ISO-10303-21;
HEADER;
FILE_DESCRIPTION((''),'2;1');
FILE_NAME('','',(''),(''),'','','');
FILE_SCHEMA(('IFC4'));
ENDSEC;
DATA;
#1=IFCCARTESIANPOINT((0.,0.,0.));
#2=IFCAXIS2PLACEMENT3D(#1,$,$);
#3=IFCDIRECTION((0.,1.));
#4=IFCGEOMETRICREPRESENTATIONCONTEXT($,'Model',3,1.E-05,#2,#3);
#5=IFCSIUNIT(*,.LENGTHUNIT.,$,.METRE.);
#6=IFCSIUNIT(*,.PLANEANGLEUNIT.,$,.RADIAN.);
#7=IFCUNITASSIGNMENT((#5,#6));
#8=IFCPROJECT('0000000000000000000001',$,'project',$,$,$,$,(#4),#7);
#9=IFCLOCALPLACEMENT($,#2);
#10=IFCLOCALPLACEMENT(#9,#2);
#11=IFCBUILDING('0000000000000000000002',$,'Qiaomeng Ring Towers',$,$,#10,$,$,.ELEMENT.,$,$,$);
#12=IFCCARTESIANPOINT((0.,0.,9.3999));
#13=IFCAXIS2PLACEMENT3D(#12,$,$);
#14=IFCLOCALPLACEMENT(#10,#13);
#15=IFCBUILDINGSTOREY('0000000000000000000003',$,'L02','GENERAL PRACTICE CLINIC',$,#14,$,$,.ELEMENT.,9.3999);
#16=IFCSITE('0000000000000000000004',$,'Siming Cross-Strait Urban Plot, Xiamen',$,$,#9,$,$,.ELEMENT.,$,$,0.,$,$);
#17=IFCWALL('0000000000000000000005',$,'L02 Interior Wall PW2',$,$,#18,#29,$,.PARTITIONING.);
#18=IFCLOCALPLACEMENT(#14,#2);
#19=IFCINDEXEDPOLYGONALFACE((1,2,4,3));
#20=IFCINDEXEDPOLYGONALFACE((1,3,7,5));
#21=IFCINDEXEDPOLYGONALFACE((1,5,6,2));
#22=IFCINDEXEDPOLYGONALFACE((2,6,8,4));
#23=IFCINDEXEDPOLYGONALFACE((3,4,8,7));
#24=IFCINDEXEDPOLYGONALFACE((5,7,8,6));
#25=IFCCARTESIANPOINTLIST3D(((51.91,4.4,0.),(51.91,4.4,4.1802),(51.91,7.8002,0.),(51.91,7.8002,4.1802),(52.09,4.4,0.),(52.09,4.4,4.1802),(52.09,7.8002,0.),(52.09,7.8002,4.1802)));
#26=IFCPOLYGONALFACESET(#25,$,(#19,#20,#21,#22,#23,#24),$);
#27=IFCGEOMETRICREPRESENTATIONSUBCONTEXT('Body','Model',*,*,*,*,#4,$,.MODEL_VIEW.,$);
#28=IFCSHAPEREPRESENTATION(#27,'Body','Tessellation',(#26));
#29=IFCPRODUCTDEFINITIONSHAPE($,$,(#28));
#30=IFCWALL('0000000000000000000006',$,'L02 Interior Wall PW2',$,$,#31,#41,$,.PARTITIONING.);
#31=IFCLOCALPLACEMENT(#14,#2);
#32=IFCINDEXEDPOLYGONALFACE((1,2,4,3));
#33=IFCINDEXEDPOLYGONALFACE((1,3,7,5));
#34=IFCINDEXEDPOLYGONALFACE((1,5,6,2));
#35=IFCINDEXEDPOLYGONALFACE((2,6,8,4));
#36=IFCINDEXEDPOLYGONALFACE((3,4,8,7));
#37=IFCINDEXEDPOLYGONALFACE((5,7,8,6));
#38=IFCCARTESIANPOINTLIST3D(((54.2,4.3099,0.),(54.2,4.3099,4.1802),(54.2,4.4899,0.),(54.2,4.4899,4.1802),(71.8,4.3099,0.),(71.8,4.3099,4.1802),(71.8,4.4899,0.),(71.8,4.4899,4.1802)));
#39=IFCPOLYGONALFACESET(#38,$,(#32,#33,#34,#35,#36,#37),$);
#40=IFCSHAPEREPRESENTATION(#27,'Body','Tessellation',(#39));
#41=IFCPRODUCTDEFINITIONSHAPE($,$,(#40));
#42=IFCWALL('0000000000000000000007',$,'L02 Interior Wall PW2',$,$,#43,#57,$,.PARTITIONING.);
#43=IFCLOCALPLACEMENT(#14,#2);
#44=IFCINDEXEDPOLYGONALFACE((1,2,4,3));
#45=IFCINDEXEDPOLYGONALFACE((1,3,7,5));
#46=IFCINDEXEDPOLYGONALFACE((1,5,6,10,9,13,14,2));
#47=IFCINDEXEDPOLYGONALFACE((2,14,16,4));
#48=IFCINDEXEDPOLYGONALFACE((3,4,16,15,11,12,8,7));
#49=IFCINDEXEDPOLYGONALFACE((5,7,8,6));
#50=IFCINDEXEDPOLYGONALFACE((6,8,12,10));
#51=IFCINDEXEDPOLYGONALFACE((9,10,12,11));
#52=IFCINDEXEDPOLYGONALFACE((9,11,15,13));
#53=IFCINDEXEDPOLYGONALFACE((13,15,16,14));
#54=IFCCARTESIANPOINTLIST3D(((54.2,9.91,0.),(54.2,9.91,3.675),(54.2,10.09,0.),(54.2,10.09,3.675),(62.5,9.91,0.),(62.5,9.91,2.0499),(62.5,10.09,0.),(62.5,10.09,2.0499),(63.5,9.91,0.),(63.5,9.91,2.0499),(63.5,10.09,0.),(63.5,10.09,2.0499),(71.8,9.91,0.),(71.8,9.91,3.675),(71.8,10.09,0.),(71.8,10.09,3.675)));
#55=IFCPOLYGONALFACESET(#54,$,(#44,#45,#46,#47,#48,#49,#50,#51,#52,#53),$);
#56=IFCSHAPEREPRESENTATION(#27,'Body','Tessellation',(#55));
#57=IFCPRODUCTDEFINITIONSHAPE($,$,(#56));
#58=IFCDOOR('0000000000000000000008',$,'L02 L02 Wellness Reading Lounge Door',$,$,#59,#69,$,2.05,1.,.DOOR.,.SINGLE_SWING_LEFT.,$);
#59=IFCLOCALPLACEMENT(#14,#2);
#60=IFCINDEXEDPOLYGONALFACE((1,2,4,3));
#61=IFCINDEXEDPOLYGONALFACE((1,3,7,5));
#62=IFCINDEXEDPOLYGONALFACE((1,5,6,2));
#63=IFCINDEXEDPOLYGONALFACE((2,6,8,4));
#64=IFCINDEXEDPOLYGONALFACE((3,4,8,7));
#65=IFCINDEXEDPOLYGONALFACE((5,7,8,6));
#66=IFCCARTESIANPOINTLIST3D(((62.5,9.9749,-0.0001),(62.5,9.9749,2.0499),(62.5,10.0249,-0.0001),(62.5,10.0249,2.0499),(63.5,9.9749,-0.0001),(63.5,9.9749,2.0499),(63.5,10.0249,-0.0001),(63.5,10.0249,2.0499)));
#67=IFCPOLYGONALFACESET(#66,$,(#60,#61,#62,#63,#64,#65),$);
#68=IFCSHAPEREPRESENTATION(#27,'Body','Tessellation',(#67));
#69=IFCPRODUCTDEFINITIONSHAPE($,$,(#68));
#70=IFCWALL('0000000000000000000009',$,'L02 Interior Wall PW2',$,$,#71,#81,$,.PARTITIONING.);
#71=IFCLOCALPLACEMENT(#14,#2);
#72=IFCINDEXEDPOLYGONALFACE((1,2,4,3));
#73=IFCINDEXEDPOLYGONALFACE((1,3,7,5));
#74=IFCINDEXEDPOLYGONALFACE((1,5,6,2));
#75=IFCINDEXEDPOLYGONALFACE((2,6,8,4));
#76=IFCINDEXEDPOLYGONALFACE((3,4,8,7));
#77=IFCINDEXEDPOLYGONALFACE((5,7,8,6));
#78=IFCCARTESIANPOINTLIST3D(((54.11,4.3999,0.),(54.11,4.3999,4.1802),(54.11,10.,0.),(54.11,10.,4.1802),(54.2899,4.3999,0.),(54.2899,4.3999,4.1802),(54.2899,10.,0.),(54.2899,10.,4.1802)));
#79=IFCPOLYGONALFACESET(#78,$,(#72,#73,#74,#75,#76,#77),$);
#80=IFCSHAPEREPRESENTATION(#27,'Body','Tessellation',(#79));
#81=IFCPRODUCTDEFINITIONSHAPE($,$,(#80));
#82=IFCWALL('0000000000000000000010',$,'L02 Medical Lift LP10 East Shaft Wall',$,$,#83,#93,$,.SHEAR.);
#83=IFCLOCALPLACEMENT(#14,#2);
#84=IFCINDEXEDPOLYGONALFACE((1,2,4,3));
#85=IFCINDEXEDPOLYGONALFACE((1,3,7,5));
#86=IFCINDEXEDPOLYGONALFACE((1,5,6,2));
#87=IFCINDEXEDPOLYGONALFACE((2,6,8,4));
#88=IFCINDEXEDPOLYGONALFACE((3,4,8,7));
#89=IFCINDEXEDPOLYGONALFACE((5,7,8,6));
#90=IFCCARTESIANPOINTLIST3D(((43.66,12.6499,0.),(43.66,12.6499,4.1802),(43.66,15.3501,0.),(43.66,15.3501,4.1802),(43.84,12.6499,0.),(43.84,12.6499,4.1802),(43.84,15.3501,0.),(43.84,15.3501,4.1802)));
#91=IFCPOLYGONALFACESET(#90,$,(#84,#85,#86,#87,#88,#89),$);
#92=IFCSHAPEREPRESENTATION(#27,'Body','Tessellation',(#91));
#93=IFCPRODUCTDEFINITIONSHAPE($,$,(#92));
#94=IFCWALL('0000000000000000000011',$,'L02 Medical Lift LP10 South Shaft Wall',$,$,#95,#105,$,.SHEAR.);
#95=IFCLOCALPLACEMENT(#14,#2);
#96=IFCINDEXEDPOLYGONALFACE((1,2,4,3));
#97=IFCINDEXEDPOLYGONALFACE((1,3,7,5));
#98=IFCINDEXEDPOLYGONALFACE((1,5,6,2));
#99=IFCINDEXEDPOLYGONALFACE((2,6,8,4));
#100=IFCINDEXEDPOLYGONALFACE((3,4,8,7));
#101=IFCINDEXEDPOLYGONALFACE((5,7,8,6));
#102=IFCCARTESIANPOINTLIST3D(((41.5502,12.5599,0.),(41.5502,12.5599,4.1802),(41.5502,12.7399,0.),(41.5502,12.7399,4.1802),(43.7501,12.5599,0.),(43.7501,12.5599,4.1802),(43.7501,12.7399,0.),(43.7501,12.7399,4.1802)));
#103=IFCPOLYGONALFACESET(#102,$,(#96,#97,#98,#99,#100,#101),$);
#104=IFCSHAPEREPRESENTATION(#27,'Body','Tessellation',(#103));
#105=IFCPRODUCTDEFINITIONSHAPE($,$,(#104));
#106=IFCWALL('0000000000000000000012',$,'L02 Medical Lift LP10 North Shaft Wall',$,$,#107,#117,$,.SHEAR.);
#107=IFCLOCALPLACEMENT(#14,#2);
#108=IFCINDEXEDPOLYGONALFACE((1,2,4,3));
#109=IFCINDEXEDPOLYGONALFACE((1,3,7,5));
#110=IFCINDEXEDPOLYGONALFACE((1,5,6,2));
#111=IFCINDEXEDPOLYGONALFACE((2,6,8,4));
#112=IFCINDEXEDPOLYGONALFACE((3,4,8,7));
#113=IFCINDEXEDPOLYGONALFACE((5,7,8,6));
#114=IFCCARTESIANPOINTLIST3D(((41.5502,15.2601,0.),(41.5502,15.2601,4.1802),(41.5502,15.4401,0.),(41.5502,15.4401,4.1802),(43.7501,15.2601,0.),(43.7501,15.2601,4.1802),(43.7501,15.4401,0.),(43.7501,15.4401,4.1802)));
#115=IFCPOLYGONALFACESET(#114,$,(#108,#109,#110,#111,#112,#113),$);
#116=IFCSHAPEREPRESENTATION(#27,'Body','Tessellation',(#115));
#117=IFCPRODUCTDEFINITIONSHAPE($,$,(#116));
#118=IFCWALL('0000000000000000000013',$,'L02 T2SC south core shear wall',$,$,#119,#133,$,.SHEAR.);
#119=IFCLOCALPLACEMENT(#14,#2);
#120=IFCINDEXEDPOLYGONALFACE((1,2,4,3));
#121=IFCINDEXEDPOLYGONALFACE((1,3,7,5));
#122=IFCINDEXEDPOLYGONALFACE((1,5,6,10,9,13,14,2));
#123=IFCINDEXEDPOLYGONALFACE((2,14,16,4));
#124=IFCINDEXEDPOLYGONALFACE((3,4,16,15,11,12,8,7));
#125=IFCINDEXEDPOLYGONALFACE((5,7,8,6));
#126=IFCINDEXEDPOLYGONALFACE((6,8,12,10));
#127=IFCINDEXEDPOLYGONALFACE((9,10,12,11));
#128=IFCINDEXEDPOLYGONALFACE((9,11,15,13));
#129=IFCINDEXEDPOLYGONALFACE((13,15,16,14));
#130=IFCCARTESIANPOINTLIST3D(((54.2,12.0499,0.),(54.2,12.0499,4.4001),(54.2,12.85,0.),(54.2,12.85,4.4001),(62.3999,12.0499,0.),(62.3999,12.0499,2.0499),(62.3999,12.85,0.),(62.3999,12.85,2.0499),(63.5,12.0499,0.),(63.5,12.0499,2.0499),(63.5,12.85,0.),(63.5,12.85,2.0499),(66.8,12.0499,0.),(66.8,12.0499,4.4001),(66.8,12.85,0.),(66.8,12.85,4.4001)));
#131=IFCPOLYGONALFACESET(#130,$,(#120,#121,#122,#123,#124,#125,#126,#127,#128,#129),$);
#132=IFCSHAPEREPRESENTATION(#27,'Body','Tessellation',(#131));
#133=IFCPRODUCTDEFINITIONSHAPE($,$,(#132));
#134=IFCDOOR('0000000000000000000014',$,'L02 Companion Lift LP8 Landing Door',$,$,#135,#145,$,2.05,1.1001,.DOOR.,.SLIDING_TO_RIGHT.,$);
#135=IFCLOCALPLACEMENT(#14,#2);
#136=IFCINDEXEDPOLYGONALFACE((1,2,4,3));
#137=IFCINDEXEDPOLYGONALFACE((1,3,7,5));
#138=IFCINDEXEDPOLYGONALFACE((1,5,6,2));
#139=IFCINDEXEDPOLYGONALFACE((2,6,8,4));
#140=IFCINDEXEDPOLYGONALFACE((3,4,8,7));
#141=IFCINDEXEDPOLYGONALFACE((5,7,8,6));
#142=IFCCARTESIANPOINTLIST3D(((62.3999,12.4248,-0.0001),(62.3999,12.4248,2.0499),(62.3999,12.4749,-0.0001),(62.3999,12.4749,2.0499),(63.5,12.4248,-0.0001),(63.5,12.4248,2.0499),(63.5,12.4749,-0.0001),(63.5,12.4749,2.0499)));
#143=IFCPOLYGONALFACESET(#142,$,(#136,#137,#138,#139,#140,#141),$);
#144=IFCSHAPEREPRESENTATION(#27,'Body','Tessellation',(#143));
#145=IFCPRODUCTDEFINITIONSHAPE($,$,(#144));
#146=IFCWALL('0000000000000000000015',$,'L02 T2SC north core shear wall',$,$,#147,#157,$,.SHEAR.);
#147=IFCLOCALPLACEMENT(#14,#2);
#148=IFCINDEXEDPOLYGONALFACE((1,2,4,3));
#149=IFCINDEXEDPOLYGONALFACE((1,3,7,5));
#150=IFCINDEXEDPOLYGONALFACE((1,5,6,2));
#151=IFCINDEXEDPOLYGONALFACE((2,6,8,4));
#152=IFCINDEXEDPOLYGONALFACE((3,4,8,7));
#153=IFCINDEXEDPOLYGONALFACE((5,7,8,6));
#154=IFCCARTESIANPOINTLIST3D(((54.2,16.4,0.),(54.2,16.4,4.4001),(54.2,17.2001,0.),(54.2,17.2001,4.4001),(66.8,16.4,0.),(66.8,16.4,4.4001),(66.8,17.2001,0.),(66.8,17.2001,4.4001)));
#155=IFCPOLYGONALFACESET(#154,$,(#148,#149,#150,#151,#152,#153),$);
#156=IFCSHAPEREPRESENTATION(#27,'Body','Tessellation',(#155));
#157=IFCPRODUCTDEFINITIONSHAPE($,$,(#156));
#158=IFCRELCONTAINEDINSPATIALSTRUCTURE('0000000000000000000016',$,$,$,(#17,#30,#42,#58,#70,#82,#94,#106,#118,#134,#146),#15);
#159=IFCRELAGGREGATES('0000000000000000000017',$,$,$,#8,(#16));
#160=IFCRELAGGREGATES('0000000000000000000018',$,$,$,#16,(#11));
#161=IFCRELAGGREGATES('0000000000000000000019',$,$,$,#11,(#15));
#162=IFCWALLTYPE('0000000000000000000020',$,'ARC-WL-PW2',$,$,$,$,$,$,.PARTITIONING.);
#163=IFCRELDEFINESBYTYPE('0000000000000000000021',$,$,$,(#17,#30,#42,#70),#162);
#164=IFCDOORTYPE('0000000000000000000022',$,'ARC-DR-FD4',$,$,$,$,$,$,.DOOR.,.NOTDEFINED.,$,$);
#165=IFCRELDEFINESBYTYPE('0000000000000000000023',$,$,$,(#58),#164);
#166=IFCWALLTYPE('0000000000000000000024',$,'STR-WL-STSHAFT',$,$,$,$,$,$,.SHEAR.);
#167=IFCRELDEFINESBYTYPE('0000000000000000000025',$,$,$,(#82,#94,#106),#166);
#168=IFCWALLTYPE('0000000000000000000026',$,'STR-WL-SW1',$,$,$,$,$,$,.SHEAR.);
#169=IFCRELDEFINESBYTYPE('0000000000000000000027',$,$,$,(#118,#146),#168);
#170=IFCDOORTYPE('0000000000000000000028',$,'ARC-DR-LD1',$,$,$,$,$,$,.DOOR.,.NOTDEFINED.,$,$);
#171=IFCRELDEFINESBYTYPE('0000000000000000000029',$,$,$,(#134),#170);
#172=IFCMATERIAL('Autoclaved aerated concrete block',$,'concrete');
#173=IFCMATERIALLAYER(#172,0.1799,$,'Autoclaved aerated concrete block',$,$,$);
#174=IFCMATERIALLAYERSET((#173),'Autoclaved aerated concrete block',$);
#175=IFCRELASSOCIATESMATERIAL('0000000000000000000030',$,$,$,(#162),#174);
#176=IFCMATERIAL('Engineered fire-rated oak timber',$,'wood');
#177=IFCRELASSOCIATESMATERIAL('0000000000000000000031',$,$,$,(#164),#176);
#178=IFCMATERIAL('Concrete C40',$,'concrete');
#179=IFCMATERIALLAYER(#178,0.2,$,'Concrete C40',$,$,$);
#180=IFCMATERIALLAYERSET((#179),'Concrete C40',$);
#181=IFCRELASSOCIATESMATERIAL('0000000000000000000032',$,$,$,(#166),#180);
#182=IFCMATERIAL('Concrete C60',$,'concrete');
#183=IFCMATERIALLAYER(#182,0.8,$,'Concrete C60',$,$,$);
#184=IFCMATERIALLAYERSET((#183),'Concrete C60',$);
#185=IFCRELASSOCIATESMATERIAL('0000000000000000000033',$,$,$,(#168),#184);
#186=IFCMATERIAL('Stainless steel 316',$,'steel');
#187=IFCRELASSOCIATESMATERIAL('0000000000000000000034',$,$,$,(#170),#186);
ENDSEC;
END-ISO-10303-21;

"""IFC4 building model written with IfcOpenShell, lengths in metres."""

from ifc_helpers import new_model, si_unit, direction, frame, frame_2d, origin, place, context, subcontext, project, spatial, rectangle, extrude, source, transform, mapped, material, layer, layer_set, type_object, element, fill, save


model = new_model("IFC4")

# Units and contexts
model_context = context("Model", 3, precision=1e-05, world=origin(), true_north=direction((0.0, 1.0)))
body_context = subcontext(model_context, "Body", "Model", "MODEL_VIEW")
ifc_project = project(units=[si_unit("LENGTHUNIT", "METRE"), si_unit("PLANEANGLEUNIT", "RADIAN")], contexts=[model_context])

# Site, building, storey
site_placement = place(None, origin())
site = spatial("IfcSite", under=ifc_project, at=site_placement, Name="Siming Cross-Strait Urban Plot, Xiamen", CompositionType="ELEMENT", RefElevation=0.0)
building_placement = place(site_placement, origin())
building = spatial("IfcBuilding", under=site, at=building_placement, Name="Qiaomeng Ring Towers", CompositionType="ELEMENT")
storey_placement = place(building_placement, frame((0.0, 0.0, 9.3999)))
storey = spatial("IfcBuildingStorey", under=building, at=storey_placement, Name="L02", Description="GENERAL PRACTICE CLINIC", CompositionType="ELEMENT", Elevation=9.3999)

# Shared definitions
ifc_material_1 = material(Name="Concrete C60", Category="concrete")

# Shared definitions
ifc_material_2 = material(Name="Autoclaved aerated concrete block", Category="concrete")
ifc_layer_1 = layer(ifc_material_2, 0.1799, Name="Autoclaved aerated concrete block")
ifc_layer_set_1 = layer_set([ifc_layer_1], Name="Autoclaved aerated concrete block")
wall_type_1 = type_object("IfcWallType", Name="ARC-WL-PW2", PredefinedType="PARTITIONING", material=ifc_layer_set_1)
ifc_material_3 = material(Name="Engineered fire-rated oak timber", Category="wood")
door_type_1 = type_object("IfcDoorType", Name="ARC-DR-FD4", OperationType="NOTDEFINED", PredefinedType="DOOR", material=ifc_material_3)
shared_shape_1 = source(origin(), body_context, "Body", "SweptSolid", [
    extrude(rectangle(XDim=1.0, YDim=2.05, at=frame_2d((0.5, 1.0249))), frame((0.0, 0.0249, 0.0), z_axis=(0.0, -1.0, 0.0), x_axis=(1.0, 0.0, 0.0)), (0.0, 0.0, 1.0), 0.05),
])

# Walls
wall_1_placement = place(storey_placement, frame((52.0, 4.3999, 0.0), z_axis=(0.0, 0.0, 1.0), x_axis=(0.0, 1.0, 0.0)))
element("IfcWall", 1, at=wall_1_placement, inside=storey, type_object=wall_type_1, Name="L02 Interior Wall PW2", PredefinedType="PARTITIONING", context=body_context, shape_type="SweptSolid", body=[
    extrude(rectangle(XDim=3.4001, YDim=0.1799, at=frame_2d((1.7002, 0.0))), origin(), (0.0, 0.0, 1.0), 4.1802),
])
wall_2_placement = place(storey_placement, frame((54.2, 4.3999, 0.0), z_axis=(0.0, 0.0, 1.0), x_axis=(1.0, 0.0, 0.0)))
element("IfcWall", 2, at=wall_2_placement, inside=storey, type_object=wall_type_1, Name="L02 Interior Wall PW2", PredefinedType="PARTITIONING", context=body_context, shape_type="SweptSolid", body=[
    extrude(rectangle(XDim=17.6001, YDim=0.1799, at=frame_2d((8.8, 0.0))), origin(), (0.0, 0.0, 1.0), 4.1802),
])

# Wall, opening, door
wall_3_placement = place(storey_placement, frame((54.2, 10.0, 0.0), z_axis=(0.0, 0.0, 1.0), x_axis=(1.0, 0.0, 0.0)))
wall_3 = element("IfcWall", 3, at=wall_3_placement, inside=storey, type_object=wall_type_1, Name="L02 Interior Wall PW2", PredefinedType="PARTITIONING", context=body_context, shape_type="SweptSolid", body=[
    extrude(rectangle(XDim=17.6001, YDim=0.1799, at=frame_2d((8.8, 0.0))), origin(), (0.0, 0.0, 1.0), 3.675),
])
opening_1_placement = place(wall_3_placement, frame((8.3, 0.0, 0.0)))
opening_1 = element("IfcOpeningElement", 4, at=opening_1_placement, cuts=wall_3, PredefinedType="OPENING", context=body_context, shape_type="SweptSolid", body=[
    extrude(rectangle(XDim=1.0, YDim=2.05, at=frame_2d((0.5, 1.0249))), frame((0.0, 0.0999, 0.0), z_axis=(0.0, -1.0, 0.0), x_axis=(1.0, 0.0, 0.0)), (0.0, 0.0, 1.0), 0.2),
])
door_1_placement = place(opening_1_placement, origin())
door_1 = element("IfcDoor", 5, at=door_1_placement, inside=storey, type_object=door_type_1, Name="L02 L02 Wellness Reading Lounge Door", OperationType="SINGLE_SWING_LEFT", OverallHeight=2.05, OverallWidth=1.0, PredefinedType="DOOR", context=body_context, shape_type="MappedRepresentation", body=[
    mapped(shared_shape_1, transform((0.0, 0.0, 0.0), x_axis=(1.0, 0.0, 0.0), y_axis=(0.0, 1.0, 0.0), z_axis=(0.0, 0.0, 1.0), scale=1.0)),
])
fill(opening_1, door_1)

# Walls
wall_4_placement = place(storey_placement, frame((54.2, 4.3999, 0.0), z_axis=(0.0, 0.0, 1.0), x_axis=(0.0, 1.0, 0.0)))
element("IfcWall", 6, at=wall_4_placement, inside=storey, type_object=wall_type_1, Name="L02 Interior Wall PW2", PredefinedType="PARTITIONING", context=body_context, shape_type="SweptSolid", body=[
    extrude(rectangle(XDim=5.6001, YDim=0.1799, at=frame_2d((2.8, 0.0))), origin(), (0.0, 0.0, 1.0), 4.1802),
])
ifc_material_4 = material(Name="Concrete C40", Category="concrete")
ifc_layer_2 = layer(ifc_material_4, 0.2, Name="Concrete C40")
ifc_layer_set_2 = layer_set([ifc_layer_2], Name="Concrete C40")
wall_type_2 = type_object("IfcWallType", Name="STR-WL-STSHAFT", PredefinedType="SHEAR", material=ifc_layer_set_2)
wall_5_placement = place(storey_placement, frame((43.75, 12.6499, 0.0), z_axis=(0.0, 0.0, 1.0), x_axis=(0.0, 1.0, 0.0)))
element("IfcWall", 7, at=wall_5_placement, inside=storey, type_object=wall_type_2, Name="L02 Medical Lift LP10 East Shaft Wall", PredefinedType="SHEAR", context=body_context, shape_type="SweptSolid", body=[
    extrude(rectangle(XDim=2.7002, YDim=0.1799, at=frame_2d((1.3501, 0.0))), origin(), (0.0, 0.0, 1.0), 4.1802),
])
for number, where, z_axis, x_axis, name in (
    (8, (41.55, 12.6499, 0.0), (0.0, 0.0, 1.0), (1.0, 0.0, 0.0), "L02 Medical Lift LP10 South Shaft Wall"),
    (9, (41.55, 15.3501, 0.0), (0.0, 0.0, 1.0), (1.0, 0.0, 0.0), "L02 Medical Lift LP10 North Shaft Wall"),
):
    element("IfcWall", number, at=place(storey_placement, frame(where, z_axis=z_axis, x_axis=x_axis)), inside=storey, type_object=wall_type_2, Name=name, PredefinedType="SHEAR", context=body_context, shape_type="SweptSolid", body=[
        extrude(rectangle(XDim=2.2, YDim=0.1799, at=frame_2d((1.1001, 0.0))), origin(), (0.0, 0.0, 1.0), 4.1802),
    ])

# Wall, opening, door
ifc_layer_3 = layer(ifc_material_1, 0.8, Name="Concrete C60")
ifc_layer_set_3 = layer_set([ifc_layer_3], Name="Concrete C60")
wall_type_3 = type_object("IfcWallType", Name="STR-WL-SW1", PredefinedType="SHEAR", material=ifc_layer_set_3)
wall_6_placement = place(storey_placement, frame((54.2, 12.45, 0.0), z_axis=(0.0, 0.0, 1.0), x_axis=(1.0, 0.0, 0.0)))
wall_6 = element("IfcWall", 10, at=wall_6_placement, inside=storey, type_object=wall_type_3, Name="L02 T2SC south core shear wall", PredefinedType="SHEAR", context=body_context, shape_type="SweptSolid", body=[
    extrude(rectangle(XDim=12.6001, YDim=0.8, at=frame_2d((6.3, 0.0))), origin(), (0.0, 0.0, 1.0), 4.4001),
])
opening_2_placement = place(wall_6_placement, frame((8.2, 0.0, 0.0)))
opening_2 = element("IfcOpeningElement", 11, at=opening_2_placement, cuts=wall_6, PredefinedType="OPENING", context=body_context, shape_type="SweptSolid", body=[
    extrude(rectangle(XDim=1.1001, YDim=2.05, at=frame_2d((0.55, 1.0249))), frame((0.0, 0.4099, 0.0), z_axis=(0.0, -1.0, 0.0), x_axis=(1.0, 0.0, 0.0)), (0.0, 0.0, 1.0), 0.8201),
])
ifc_material_5 = material(Name="Stainless steel 316", Category="steel")
door_type_2 = type_object("IfcDoorType", Name="ARC-DR-LD1", OperationType="NOTDEFINED", PredefinedType="DOOR", material=ifc_material_5)
shared_shape_2 = source(origin(), body_context, "Body", "SweptSolid", [
    extrude(rectangle(XDim=1.1001, YDim=2.05, at=frame_2d((0.55, 1.0249))), frame((0.0, 0.0249, 0.0), z_axis=(0.0, -1.0, 0.0), x_axis=(1.0, 0.0, 0.0)), (0.0, 0.0, 1.0), 0.05),
])
door_2_placement = place(opening_2_placement, origin())
door_2 = element("IfcDoor", 12, at=door_2_placement, inside=storey, type_object=door_type_2, Name="L02 Companion Lift LP8 Landing Door", OperationType="SLIDING_TO_RIGHT", OverallHeight=2.05, OverallWidth=1.1001, PredefinedType="DOOR", context=body_context, shape_type="MappedRepresentation", body=[
    mapped(shared_shape_2, transform((0.0, 0.0, 0.0), x_axis=(1.0, 0.0, 0.0), y_axis=(0.0, 1.0, 0.0), z_axis=(0.0, 0.0, 1.0), scale=1.0)),
])
fill(opening_2, door_2)

# Wall
wall_7_placement = place(storey_placement, frame((54.2, 16.8, 0.0), z_axis=(0.0, 0.0, 1.0), x_axis=(1.0, 0.0, 0.0)))
element("IfcWall", 13, at=wall_7_placement, inside=storey, type_object=wall_type_3, Name="L02 T2SC north core shear wall", PredefinedType="SHEAR", context=body_context, shape_type="SweptSolid", body=[
    extrude(rectangle(XDim=12.6001, YDim=0.8, at=frame_2d((6.3, 0.0))), origin(), (0.0, 0.0, 1.0), 4.4001),
])

save(model, "model.ifc")
